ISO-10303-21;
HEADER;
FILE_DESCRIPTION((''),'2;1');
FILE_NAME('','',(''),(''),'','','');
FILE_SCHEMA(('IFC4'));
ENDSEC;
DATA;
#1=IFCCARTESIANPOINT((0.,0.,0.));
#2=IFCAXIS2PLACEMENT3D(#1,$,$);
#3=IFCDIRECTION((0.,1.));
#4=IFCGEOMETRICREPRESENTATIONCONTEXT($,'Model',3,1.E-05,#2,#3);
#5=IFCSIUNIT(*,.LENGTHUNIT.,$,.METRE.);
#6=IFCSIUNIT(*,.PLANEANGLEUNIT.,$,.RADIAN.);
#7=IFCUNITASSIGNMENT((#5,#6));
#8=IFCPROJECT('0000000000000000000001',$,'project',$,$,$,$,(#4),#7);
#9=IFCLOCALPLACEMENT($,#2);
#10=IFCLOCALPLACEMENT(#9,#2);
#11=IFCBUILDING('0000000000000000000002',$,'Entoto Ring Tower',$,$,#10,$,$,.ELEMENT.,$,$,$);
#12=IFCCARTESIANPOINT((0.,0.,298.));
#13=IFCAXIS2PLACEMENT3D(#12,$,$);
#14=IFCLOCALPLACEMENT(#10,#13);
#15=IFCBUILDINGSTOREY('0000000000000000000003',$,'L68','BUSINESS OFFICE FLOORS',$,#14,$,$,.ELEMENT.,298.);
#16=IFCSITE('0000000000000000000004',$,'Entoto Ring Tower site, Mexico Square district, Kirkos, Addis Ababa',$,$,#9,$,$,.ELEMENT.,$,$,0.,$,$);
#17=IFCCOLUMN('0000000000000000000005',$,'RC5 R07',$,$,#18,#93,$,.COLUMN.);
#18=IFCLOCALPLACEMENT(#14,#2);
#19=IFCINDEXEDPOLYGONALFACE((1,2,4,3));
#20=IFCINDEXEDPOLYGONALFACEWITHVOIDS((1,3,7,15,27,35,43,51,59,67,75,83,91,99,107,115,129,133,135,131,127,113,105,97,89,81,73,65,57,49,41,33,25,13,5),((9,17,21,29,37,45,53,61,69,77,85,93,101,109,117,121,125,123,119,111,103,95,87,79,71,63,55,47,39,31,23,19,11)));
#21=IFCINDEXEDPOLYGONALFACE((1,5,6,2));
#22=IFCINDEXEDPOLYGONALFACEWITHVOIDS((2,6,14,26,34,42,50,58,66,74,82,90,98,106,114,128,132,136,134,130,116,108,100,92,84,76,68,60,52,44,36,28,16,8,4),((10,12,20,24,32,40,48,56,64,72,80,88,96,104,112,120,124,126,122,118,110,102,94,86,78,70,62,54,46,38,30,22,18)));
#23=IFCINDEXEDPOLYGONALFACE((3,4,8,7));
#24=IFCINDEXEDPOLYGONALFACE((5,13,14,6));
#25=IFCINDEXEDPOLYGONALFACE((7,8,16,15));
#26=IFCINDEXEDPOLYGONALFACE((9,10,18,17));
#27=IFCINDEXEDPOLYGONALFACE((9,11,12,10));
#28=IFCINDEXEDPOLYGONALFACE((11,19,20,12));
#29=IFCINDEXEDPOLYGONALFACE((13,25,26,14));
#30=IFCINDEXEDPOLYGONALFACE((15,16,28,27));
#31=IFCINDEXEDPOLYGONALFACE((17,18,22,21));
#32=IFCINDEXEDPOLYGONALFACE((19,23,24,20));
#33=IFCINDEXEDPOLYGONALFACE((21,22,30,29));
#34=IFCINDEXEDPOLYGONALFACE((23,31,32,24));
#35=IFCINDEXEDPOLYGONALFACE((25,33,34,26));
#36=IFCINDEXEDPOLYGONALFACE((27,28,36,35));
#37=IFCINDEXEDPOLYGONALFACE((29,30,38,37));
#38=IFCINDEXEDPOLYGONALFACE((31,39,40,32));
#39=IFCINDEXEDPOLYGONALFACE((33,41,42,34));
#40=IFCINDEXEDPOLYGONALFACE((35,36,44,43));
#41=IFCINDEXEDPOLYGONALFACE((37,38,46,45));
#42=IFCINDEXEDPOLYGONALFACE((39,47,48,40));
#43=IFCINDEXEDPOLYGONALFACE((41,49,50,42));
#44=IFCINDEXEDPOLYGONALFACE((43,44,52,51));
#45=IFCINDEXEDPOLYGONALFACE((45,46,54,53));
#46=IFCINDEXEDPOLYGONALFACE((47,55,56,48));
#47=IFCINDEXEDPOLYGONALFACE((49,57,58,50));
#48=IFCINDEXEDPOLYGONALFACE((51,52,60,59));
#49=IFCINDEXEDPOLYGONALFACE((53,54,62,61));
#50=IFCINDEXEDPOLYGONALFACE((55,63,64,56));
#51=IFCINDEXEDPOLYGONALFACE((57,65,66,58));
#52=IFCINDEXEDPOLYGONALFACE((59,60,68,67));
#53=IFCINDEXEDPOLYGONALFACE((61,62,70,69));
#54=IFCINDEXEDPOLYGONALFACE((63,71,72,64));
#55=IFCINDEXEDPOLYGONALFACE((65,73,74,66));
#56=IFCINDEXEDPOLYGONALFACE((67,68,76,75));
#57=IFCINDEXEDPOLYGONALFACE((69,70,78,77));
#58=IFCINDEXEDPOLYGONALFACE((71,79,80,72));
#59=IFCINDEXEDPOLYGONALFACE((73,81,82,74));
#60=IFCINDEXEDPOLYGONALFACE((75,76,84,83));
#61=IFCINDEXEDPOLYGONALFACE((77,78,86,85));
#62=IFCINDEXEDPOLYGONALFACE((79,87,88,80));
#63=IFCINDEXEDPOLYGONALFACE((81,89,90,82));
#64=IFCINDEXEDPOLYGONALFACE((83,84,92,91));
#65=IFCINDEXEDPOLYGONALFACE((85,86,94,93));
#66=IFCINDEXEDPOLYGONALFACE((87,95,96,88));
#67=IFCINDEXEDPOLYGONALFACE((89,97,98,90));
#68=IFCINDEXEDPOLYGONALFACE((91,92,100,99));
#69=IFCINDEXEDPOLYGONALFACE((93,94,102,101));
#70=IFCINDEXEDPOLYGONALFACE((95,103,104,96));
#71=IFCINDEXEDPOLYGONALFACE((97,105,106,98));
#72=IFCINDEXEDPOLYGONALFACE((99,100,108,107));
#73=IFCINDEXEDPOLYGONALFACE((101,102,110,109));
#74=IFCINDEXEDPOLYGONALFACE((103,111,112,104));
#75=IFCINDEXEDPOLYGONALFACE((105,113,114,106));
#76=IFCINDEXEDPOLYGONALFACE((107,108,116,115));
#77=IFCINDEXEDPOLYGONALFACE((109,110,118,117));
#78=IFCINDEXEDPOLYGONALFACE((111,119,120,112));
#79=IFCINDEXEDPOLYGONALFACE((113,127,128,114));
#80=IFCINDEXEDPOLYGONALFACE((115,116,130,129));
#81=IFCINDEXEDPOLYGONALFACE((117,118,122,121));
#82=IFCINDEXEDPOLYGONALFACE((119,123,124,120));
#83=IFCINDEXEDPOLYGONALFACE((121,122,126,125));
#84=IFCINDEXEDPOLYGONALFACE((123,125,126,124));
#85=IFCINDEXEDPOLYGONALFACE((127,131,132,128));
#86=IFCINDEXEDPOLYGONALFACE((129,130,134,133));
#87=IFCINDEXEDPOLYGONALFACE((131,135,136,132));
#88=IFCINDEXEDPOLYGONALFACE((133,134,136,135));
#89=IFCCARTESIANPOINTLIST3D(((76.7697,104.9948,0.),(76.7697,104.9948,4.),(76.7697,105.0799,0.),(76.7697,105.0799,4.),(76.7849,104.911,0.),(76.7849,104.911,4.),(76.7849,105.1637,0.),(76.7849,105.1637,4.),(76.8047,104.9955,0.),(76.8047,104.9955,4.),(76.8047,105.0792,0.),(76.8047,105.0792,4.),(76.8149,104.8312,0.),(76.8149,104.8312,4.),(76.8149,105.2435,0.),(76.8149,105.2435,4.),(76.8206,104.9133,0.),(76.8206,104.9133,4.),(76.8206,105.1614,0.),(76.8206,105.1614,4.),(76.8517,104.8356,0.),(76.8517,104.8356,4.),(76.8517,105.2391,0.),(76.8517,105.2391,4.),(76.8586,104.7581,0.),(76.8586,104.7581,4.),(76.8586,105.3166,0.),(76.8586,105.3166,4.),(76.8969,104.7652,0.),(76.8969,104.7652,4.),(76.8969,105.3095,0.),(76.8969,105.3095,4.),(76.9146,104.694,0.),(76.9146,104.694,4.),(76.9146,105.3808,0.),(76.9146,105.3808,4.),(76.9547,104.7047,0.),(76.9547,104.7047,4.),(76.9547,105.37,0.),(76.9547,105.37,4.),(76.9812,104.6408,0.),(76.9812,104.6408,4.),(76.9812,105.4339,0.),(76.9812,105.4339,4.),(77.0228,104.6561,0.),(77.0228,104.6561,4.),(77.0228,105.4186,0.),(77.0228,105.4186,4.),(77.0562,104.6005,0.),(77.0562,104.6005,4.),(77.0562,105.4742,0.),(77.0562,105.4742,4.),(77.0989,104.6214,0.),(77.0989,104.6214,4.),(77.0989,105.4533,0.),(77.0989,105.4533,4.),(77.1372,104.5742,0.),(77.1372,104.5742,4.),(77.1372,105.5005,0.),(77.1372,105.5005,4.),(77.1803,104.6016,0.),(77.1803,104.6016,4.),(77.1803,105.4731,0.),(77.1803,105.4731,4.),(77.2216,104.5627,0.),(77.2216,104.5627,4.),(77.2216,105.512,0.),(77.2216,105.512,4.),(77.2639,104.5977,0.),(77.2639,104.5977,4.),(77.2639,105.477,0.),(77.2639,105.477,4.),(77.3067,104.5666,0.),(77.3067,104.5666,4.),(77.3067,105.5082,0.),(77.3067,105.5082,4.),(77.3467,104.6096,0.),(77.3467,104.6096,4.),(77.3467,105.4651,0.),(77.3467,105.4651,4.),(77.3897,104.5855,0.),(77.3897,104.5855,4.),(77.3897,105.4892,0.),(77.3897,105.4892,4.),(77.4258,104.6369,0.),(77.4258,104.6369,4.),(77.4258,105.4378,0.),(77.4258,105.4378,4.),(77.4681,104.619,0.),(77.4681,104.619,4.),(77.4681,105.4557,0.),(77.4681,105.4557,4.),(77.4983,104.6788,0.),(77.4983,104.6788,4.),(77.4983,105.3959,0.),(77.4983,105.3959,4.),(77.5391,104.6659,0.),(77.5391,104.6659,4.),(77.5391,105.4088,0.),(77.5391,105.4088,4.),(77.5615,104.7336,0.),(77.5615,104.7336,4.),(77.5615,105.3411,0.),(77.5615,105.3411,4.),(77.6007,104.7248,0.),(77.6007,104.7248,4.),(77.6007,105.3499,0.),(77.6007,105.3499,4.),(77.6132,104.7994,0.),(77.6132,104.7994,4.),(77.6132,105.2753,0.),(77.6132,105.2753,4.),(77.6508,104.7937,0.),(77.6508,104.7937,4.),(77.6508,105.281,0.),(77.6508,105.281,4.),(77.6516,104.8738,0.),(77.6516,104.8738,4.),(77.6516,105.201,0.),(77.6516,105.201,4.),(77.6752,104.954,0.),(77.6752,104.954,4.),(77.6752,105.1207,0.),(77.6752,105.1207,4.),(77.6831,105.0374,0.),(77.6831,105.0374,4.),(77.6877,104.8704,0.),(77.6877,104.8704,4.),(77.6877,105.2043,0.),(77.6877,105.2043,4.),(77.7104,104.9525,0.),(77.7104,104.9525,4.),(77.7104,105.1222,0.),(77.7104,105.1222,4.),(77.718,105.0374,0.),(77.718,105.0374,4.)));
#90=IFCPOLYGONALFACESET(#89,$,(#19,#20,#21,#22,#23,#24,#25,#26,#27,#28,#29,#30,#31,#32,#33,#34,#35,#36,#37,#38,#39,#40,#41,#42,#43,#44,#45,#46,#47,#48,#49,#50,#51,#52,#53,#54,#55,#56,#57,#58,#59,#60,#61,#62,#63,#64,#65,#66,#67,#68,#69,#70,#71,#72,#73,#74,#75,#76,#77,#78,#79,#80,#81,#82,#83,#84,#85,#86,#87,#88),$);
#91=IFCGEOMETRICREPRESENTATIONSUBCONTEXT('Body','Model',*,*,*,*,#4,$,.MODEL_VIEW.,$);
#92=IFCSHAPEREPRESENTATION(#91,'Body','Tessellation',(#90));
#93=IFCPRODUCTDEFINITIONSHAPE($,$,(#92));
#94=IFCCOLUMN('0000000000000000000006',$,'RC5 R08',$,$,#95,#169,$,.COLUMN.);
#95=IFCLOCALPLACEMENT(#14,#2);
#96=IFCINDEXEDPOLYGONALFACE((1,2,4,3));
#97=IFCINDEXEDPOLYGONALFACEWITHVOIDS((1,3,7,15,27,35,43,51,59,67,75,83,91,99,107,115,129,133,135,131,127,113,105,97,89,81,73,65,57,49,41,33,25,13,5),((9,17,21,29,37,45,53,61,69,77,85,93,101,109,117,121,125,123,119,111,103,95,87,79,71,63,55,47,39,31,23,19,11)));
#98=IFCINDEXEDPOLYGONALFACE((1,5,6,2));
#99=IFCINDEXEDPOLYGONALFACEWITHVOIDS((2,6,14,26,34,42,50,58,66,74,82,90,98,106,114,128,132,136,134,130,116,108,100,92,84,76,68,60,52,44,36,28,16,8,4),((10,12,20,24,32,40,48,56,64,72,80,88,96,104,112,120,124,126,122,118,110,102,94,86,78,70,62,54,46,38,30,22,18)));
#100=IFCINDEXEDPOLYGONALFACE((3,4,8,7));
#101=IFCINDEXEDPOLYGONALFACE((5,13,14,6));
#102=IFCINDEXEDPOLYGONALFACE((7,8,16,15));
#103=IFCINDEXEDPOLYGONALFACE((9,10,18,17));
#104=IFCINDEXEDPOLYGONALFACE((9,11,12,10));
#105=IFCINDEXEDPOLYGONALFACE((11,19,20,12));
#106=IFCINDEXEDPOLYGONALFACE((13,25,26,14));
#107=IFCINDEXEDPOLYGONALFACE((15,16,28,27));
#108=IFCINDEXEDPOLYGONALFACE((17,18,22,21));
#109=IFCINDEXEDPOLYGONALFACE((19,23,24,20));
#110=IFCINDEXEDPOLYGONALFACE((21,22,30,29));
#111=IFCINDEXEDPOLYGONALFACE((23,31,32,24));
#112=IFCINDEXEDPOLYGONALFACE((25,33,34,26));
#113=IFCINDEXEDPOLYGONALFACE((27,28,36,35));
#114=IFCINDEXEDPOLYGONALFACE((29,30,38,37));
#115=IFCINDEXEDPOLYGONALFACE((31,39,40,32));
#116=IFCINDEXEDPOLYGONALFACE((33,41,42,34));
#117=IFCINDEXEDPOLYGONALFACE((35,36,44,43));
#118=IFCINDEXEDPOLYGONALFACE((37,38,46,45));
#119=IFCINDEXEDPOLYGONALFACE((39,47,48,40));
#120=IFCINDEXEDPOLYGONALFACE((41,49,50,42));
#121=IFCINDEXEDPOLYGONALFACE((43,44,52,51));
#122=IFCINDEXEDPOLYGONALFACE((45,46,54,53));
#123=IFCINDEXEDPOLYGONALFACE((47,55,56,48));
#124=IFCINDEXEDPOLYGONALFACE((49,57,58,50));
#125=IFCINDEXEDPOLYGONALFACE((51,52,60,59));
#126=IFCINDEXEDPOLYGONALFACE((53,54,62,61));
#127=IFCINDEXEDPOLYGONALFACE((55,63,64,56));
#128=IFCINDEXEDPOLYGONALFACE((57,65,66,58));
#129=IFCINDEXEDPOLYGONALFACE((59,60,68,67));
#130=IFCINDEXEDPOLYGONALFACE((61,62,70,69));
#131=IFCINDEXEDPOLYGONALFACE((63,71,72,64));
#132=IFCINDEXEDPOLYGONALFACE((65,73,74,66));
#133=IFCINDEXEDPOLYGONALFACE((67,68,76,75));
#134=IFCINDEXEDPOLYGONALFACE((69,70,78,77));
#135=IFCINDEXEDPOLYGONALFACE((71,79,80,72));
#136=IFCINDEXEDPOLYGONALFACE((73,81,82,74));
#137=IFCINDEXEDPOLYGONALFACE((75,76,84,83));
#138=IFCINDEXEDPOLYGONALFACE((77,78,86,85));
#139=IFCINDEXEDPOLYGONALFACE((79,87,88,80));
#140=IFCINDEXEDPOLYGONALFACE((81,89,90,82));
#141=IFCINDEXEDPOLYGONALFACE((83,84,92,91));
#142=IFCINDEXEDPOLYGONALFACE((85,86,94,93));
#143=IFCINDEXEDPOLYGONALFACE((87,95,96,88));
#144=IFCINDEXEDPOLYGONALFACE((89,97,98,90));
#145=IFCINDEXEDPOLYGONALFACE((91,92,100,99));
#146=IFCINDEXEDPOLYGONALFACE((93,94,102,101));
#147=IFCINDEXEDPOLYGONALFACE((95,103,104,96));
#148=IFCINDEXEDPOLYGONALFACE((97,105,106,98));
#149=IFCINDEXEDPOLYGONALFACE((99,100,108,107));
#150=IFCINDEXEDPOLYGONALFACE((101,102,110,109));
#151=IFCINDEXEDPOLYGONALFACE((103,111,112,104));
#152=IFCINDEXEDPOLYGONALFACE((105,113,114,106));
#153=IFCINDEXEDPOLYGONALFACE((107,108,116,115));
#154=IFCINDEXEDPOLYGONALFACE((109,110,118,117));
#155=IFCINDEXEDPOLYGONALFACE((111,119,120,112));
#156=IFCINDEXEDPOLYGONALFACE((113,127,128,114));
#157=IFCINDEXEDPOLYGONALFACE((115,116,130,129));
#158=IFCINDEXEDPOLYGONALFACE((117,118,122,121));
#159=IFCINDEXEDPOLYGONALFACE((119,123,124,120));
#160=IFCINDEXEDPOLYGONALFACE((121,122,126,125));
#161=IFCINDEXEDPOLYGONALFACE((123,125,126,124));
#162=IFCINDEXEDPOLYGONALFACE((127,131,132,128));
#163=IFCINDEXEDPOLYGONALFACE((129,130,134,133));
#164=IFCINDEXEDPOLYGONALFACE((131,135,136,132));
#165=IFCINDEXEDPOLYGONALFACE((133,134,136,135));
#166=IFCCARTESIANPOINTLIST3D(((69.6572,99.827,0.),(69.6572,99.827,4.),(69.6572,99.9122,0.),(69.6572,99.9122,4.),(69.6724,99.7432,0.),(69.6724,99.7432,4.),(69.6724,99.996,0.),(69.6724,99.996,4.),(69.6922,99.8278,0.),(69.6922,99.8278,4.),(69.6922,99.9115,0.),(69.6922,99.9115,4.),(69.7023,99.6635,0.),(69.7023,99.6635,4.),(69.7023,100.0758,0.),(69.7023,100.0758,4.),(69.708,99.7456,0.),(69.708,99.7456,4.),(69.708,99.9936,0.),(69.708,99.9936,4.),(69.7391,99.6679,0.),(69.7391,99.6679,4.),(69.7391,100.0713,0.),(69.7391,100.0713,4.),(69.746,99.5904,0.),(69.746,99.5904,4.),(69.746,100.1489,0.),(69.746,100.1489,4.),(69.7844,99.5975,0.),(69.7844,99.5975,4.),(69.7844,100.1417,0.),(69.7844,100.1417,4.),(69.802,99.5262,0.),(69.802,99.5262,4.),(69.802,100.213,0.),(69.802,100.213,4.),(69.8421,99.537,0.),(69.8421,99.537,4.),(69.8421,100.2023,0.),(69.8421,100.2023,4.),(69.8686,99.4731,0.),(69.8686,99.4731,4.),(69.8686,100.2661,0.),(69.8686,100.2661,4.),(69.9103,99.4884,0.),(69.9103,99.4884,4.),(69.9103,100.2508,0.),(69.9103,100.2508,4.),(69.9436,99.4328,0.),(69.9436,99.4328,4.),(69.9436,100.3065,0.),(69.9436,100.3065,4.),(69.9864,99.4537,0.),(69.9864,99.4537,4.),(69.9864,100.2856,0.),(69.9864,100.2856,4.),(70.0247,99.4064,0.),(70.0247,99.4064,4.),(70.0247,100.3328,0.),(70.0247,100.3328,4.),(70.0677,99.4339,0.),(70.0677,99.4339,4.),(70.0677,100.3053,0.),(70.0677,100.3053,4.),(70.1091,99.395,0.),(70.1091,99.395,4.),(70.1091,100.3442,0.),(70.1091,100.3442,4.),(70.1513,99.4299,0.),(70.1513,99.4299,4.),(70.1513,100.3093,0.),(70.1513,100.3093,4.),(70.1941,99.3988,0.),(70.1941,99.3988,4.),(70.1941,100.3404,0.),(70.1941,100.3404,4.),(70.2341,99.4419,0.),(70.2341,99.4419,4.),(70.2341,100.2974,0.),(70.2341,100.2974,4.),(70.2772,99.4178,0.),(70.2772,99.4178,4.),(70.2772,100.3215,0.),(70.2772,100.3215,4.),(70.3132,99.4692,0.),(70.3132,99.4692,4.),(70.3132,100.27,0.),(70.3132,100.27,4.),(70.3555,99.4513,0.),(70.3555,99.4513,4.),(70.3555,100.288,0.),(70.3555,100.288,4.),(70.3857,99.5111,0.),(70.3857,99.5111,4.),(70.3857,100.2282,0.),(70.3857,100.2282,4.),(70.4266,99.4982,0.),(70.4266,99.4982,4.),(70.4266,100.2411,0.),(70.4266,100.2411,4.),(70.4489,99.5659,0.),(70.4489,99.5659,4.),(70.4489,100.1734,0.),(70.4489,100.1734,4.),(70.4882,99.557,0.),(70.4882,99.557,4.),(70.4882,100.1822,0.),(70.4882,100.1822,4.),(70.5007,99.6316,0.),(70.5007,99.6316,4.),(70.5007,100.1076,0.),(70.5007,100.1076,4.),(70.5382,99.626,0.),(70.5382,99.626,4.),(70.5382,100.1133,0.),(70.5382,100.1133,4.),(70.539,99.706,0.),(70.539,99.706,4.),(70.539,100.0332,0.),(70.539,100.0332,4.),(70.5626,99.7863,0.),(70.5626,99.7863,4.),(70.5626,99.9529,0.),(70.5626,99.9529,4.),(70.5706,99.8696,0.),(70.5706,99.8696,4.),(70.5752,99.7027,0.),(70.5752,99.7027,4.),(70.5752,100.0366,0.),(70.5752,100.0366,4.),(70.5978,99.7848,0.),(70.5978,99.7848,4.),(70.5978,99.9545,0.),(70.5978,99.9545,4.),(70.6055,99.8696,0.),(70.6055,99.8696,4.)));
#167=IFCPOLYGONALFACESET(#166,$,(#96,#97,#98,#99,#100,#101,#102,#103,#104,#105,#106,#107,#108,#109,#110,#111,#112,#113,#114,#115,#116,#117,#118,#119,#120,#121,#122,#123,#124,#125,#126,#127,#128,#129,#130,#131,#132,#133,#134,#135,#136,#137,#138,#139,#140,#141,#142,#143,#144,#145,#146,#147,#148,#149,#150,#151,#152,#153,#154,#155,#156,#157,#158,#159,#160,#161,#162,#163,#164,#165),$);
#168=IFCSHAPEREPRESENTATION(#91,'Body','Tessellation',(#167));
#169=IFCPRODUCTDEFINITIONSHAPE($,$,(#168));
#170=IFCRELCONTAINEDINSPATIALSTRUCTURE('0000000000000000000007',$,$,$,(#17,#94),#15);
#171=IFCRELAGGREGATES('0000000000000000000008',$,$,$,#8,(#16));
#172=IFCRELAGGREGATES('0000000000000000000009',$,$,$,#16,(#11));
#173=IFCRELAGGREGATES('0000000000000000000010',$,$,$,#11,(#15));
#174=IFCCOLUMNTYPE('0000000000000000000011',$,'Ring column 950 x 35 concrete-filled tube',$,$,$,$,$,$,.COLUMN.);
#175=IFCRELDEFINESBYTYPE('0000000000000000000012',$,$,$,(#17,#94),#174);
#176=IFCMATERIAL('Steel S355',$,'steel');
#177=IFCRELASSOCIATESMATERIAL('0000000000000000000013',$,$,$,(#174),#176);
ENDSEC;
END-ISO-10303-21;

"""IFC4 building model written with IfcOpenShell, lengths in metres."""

from ifc_helpers import new_model, si_unit, direction, frame, origin, origin_2d, place, context, subcontext, project, spatial, circle, hollow_circle, extrude, material, material_profile, profile_set, type_object, element, save


model = new_model("IFC4")

# Units and contexts
model_context = context("Model", 3, precision=1e-05, world=origin(), true_north=direction((0.0, 1.0)))
body_context = subcontext(model_context, "Body", "Model", "MODEL_VIEW")
ifc_project = project(units=[si_unit("LENGTHUNIT", "METRE"), si_unit("PLANEANGLEUNIT", "RADIAN")], contexts=[model_context])

# Site, building, storey
site_placement = place(None, origin())
site = spatial("IfcSite", under=ifc_project, at=site_placement, Name="Entoto Ring Tower site, Mexico Square district, Kirkos, Addis Ababa", CompositionType="ELEMENT", RefElevation=0.0)
building_placement = place(site_placement, origin())
building = spatial("IfcBuilding", under=site, at=building_placement, Name="Entoto Ring Tower", CompositionType="ELEMENT")
storey_placement = place(building_placement, frame((0.0, 0.0, 298.0)))
storey = spatial("IfcBuildingStorey", under=building, at=storey_placement, Name="L68", Description="BUSINESS OFFICE FLOORS", CompositionType="ELEMENT", Elevation=298.0)

# Columns
ifc_material_1 = material(Name="Steel S355", Category="steel")
ifc_material_profile_1 = material_profile(ifc_material_1, hollow_circle(Radius=0.4751, WallThickness=0.0349, at=origin_2d()), Name="CHS 950 x 35")
ifc_material_2 = material(Name="Concrete C60/75", Category="concrete")
ifc_material_profile_2 = material_profile(ifc_material_2, circle(Radius=0.4399, at=origin_2d()), Name="Concrete C60/75 infill")
ifc_profile_set_1 = profile_set([ifc_material_profile_1, ifc_material_profile_2], Name="Steel S355")
column_type = type_object("IfcColumnType", Name="Ring column 950 x 35 concrete-filled tube", PredefinedType="COLUMN", material=ifc_profile_set_1)
for number, where, z_axis, x_axis, name in (
    (1, (77.2429, 105.0374, 0.0), (0.0, 0.0, 1.0), (1.0, 0.0, 0.0), "RC5 R07"),
    (2, (70.1304, 99.8696, 0.0), (0.0, 0.0, 1.0), (1.0, 0.0, 0.0), "RC5 R08"),
):
    element("IfcColumn", number, at=place(storey_placement, frame(where, z_axis=z_axis, x_axis=x_axis)), inside=storey, type_object=column_type, Name=name, PredefinedType="COLUMN", context=body_context, shape_type="SweptSolid", body=[
        extrude(hollow_circle(Radius=0.4751, WallThickness=0.0349, at=origin_2d()), origin(), (0.0, 0.0, 1.0), 4.0),
    ])

save(model, "model.ifc")
